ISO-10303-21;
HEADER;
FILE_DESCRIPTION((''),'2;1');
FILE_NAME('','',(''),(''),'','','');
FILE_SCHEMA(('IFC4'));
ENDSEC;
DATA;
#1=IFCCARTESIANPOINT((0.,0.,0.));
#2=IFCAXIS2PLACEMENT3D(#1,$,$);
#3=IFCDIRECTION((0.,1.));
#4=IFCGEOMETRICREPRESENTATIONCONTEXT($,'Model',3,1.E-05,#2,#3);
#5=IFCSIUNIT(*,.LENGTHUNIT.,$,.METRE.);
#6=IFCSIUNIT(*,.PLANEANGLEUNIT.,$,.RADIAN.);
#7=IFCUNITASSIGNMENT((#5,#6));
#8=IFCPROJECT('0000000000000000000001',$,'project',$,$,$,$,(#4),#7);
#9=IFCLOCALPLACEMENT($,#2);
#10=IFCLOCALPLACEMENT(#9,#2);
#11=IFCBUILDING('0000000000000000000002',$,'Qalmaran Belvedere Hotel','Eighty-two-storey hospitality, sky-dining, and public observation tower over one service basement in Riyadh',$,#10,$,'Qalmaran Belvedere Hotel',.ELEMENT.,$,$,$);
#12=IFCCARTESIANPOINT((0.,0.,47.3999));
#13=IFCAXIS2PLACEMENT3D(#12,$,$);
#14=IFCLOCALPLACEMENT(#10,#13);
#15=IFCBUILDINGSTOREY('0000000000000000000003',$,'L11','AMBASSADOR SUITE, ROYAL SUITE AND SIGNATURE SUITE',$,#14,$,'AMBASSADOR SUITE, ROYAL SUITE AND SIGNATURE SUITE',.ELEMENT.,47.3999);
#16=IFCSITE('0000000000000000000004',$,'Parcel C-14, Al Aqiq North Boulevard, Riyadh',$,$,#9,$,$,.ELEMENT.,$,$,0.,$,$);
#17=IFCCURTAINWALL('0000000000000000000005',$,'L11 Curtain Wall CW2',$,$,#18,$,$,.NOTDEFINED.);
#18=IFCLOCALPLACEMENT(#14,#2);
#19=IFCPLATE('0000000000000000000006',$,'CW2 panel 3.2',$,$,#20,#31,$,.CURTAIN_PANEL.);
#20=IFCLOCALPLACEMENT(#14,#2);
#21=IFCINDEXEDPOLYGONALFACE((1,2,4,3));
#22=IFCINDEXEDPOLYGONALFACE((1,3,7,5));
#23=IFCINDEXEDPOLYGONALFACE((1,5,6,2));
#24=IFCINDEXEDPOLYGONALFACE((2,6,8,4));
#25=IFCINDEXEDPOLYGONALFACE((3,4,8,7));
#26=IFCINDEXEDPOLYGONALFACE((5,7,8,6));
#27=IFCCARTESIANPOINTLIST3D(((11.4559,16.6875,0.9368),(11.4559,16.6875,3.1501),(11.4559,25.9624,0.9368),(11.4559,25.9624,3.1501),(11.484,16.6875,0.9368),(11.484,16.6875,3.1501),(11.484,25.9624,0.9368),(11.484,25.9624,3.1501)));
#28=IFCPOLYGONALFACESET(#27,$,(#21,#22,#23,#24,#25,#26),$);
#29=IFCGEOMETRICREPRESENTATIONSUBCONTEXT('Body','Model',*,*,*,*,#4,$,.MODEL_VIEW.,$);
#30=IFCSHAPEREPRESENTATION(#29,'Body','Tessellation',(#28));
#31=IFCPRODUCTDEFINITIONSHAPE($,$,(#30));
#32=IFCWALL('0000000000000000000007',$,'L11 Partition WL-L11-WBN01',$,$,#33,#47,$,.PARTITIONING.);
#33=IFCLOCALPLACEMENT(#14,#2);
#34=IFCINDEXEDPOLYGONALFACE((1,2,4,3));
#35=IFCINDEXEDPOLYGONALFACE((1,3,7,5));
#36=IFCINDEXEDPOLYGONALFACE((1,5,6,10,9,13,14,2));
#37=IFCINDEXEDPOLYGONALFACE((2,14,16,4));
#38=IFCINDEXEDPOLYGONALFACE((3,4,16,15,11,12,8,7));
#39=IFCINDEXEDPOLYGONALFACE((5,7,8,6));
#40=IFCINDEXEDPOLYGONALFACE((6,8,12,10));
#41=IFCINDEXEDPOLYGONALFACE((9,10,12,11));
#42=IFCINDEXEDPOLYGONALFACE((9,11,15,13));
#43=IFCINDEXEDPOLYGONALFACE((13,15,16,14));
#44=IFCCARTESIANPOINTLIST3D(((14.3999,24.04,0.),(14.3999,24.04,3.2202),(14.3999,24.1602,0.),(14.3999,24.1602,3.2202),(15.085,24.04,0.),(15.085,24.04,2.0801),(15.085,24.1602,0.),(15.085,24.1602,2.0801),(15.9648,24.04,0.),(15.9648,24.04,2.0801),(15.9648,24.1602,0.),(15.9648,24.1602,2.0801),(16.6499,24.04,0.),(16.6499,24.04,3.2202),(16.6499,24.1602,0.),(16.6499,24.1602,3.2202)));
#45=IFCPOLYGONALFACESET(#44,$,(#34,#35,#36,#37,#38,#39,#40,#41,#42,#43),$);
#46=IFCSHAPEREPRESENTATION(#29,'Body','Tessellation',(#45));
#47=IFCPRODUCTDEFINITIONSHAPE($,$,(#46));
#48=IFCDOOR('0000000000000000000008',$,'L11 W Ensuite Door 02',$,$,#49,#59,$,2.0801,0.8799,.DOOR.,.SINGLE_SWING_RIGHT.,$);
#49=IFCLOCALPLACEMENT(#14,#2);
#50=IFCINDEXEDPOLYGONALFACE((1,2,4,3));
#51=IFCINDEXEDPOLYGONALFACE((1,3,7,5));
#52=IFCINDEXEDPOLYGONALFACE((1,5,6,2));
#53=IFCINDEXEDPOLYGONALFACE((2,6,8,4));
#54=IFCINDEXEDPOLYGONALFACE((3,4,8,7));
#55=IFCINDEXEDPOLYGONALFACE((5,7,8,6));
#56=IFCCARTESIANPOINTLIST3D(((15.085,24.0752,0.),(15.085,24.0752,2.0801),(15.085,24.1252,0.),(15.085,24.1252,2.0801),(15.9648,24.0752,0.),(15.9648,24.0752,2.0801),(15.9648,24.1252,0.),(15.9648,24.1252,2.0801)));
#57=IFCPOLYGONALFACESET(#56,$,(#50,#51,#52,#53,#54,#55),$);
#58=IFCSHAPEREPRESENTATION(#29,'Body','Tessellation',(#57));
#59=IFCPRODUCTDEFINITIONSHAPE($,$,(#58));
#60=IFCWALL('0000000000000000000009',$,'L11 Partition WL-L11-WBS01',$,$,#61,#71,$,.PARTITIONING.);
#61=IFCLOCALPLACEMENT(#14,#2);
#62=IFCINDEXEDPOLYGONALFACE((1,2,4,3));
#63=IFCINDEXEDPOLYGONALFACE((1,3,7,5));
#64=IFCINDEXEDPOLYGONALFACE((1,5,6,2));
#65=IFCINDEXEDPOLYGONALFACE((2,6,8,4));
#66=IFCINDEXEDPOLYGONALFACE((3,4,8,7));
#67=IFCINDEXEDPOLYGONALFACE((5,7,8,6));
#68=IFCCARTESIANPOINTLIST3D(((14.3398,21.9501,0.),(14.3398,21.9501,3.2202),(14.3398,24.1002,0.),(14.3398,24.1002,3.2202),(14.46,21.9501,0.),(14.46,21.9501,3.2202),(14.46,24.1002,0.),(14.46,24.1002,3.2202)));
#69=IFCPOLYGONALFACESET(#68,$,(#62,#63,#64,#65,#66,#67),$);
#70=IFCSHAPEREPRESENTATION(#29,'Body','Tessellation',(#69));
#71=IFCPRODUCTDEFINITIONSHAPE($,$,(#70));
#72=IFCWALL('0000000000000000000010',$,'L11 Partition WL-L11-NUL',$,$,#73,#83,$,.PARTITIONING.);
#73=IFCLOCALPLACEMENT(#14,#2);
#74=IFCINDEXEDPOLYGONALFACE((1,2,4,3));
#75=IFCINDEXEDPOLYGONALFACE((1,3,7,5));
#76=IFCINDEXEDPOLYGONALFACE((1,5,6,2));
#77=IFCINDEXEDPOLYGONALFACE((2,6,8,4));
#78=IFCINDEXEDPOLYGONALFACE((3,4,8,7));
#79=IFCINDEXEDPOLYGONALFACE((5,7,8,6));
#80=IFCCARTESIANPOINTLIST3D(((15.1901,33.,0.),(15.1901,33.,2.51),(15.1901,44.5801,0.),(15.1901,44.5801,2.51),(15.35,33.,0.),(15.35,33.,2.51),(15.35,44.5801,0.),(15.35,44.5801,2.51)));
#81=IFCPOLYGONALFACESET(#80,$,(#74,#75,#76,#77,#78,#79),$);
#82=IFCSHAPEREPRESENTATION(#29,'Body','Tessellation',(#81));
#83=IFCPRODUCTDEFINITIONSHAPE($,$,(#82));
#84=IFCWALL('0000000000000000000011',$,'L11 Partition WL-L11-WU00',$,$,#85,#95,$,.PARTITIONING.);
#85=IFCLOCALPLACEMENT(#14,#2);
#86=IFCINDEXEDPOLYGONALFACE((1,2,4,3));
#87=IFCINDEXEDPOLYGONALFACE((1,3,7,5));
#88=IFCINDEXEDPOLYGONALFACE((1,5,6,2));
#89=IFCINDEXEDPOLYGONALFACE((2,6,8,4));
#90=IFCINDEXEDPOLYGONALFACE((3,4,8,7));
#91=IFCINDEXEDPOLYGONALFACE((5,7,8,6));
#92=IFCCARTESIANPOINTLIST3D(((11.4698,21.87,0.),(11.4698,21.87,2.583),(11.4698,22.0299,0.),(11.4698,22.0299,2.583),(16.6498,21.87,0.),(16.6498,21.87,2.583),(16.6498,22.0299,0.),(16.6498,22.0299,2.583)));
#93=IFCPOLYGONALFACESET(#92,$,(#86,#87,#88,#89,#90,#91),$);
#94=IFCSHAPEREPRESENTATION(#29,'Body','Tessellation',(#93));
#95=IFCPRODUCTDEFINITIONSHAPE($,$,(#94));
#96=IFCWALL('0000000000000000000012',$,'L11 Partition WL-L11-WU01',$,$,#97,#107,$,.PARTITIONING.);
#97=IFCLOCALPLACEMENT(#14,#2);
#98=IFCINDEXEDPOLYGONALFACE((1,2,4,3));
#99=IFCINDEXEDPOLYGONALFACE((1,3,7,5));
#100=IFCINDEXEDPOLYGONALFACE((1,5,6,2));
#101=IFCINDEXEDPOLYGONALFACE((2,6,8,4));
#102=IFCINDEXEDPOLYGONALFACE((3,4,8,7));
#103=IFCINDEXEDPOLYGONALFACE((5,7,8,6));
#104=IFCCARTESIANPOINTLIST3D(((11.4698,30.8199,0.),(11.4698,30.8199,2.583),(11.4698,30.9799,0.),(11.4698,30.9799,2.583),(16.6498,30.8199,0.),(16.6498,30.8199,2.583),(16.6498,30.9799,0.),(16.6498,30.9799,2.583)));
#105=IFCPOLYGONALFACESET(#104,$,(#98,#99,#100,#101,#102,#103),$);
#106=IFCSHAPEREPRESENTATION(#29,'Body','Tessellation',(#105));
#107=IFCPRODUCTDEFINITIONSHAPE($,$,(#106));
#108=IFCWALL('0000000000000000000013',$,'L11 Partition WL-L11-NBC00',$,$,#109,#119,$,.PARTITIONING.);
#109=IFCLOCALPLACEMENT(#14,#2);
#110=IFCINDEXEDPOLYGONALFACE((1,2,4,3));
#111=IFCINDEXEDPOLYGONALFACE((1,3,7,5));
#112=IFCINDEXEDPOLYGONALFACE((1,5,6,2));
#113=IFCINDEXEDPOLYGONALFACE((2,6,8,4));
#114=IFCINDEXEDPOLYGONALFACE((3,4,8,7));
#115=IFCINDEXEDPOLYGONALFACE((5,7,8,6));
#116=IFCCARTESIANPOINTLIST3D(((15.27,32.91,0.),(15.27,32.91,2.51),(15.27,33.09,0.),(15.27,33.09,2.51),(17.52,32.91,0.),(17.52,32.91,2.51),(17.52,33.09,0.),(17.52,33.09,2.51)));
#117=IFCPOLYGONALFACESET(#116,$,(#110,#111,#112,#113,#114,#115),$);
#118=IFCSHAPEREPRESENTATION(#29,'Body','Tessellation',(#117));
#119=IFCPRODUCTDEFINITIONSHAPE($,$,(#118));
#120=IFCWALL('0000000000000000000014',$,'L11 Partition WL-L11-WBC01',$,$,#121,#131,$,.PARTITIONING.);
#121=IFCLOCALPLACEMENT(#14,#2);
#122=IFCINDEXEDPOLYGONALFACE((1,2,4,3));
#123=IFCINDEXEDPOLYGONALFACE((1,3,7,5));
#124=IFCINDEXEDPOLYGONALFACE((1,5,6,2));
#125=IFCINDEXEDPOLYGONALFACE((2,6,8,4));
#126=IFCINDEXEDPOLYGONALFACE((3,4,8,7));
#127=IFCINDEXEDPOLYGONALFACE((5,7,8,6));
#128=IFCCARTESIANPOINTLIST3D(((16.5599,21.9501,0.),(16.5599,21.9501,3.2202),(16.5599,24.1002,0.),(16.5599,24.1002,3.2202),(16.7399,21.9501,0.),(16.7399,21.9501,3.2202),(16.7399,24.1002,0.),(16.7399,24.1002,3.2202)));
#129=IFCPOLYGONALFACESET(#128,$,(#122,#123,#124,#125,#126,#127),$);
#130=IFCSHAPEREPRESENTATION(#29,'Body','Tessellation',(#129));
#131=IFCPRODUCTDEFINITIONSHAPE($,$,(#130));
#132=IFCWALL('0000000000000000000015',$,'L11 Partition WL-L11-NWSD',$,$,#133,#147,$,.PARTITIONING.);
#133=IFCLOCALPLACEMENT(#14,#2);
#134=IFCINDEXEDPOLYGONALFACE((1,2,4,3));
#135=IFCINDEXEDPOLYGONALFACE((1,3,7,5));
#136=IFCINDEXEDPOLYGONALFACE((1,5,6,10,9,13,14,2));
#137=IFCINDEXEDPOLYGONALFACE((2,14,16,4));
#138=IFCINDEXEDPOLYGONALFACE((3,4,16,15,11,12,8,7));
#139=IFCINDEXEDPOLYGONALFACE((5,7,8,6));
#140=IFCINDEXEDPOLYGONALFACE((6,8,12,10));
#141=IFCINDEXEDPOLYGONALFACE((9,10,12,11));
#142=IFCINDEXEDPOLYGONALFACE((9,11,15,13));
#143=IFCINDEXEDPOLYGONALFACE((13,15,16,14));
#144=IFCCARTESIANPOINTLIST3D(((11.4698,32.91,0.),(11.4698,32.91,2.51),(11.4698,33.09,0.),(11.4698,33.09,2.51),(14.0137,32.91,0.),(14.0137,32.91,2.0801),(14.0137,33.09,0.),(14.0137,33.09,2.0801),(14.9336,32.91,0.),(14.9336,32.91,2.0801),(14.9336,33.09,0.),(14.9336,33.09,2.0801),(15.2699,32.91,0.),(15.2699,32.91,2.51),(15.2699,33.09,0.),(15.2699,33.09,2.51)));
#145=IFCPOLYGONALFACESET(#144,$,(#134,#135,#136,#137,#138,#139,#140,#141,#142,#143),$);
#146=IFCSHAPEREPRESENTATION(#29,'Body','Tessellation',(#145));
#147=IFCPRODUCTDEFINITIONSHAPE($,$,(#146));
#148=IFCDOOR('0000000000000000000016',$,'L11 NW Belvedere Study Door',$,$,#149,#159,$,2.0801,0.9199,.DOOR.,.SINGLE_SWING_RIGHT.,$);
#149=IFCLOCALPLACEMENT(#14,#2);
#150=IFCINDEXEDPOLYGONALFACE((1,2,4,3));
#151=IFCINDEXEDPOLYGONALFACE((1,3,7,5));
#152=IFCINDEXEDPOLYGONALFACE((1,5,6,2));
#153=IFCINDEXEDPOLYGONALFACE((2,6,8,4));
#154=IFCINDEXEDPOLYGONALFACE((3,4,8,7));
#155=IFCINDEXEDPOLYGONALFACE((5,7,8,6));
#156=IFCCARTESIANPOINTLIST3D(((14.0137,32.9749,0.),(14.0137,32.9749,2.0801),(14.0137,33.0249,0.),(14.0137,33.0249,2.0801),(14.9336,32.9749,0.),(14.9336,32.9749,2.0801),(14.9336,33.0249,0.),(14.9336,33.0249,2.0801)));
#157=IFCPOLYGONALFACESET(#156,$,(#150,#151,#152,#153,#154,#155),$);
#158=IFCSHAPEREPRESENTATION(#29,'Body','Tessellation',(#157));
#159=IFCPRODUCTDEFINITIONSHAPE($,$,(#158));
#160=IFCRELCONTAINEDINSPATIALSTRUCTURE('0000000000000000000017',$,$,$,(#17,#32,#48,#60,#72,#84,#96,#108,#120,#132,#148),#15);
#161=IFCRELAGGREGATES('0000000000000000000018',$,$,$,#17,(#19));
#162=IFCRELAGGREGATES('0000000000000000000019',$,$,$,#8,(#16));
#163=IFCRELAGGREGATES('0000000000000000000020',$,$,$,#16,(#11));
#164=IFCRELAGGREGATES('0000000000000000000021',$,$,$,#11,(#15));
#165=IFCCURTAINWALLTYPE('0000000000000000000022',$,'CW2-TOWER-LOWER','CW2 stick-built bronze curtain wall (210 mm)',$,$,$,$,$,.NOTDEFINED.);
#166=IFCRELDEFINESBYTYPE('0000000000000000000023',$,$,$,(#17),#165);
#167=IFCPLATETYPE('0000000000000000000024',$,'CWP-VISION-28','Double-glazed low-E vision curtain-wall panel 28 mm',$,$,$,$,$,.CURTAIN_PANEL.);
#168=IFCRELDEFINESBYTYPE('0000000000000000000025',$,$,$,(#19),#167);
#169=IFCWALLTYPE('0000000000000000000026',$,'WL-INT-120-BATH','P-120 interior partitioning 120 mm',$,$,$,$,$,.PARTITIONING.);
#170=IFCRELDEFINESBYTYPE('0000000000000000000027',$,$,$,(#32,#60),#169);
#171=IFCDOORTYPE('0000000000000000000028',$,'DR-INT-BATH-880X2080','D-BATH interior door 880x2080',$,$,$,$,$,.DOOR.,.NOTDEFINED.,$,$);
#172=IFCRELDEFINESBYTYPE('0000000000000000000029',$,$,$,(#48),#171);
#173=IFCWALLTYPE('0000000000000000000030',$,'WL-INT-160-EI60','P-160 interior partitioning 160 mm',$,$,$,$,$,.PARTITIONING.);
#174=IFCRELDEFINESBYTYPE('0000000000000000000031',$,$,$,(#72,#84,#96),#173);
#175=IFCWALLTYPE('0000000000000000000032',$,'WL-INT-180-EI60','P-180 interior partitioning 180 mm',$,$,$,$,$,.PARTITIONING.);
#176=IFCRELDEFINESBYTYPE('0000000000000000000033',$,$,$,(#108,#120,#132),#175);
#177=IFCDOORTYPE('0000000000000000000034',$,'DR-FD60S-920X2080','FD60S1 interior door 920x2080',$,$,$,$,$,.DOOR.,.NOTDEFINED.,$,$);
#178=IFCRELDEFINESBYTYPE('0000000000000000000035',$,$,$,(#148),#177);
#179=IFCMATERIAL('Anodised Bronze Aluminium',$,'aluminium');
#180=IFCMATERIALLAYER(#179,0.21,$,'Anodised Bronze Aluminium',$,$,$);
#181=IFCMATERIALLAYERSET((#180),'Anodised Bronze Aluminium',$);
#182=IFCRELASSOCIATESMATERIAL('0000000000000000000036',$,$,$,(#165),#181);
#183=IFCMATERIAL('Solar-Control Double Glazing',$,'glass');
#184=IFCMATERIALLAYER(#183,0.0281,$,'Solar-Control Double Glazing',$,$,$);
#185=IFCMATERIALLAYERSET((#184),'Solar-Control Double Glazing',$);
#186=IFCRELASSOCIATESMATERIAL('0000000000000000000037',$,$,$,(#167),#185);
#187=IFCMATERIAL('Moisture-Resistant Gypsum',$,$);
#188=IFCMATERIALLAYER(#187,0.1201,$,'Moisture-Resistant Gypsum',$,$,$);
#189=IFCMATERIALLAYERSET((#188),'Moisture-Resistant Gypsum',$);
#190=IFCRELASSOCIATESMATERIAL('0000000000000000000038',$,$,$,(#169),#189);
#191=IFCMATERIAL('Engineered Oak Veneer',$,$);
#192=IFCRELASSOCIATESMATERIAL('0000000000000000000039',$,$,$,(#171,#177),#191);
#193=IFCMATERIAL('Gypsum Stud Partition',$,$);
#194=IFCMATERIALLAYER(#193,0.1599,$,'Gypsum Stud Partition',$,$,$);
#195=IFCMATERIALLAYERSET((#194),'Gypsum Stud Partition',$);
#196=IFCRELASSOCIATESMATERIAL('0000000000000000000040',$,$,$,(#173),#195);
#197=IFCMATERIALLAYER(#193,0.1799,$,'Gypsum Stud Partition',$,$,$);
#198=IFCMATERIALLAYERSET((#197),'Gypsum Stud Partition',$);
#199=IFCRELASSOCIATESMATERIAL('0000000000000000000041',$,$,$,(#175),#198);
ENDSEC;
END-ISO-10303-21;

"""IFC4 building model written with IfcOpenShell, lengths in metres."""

from ifc_helpers import new_model, si_unit, direction, frame, frame_2d, origin, origin_2d, place, context, subcontext, project, spatial, rectangle, extrude, material, layer, layer_set, type_object, element, fill, aggregate, save


model = new_model("IFC4")

# Units and contexts
model_context = context("Model", 3, precision=1e-05, world=origin(), true_north=direction((0.0, 1.0)))
body_context = subcontext(model_context, "Body", "Model", "MODEL_VIEW")
ifc_project = project(units=[si_unit("LENGTHUNIT", "METRE"), si_unit("PLANEANGLEUNIT", "RADIAN")], contexts=[model_context])

# Site, building, storey
site_placement = place(None, origin())
site = spatial("IfcSite", under=ifc_project, at=site_placement, Name="Parcel C-14, Al Aqiq North Boulevard, Riyadh", CompositionType="ELEMENT", RefElevation=0.0)
building_placement = place(site_placement, origin())
building = spatial("IfcBuilding", under=site, at=building_placement, Name="Qalmaran Belvedere Hotel", Description="Eighty-two-storey hospitality, sky-dining, and public observation tower over one service basement in Riyadh", LongName="Qalmaran Belvedere Hotel", CompositionType="ELEMENT")
storey_placement = place(building_placement, frame((0.0, 0.0, 47.3999)))
storey = spatial("IfcBuildingStorey", under=building, at=storey_placement, Name="L11", Description="AMBASSADOR SUITE, ROYAL SUITE AND SIGNATURE SUITE", LongName="AMBASSADOR SUITE, ROYAL SUITE AND SIGNATURE SUITE", CompositionType="ELEMENT", Elevation=47.3999)

# Curtain wall, plate
ifc_material_1 = material(Name="Anodised Bronze Aluminium", Category="aluminium")
ifc_layer_1 = layer(ifc_material_1, 0.21, Name="Anodised Bronze Aluminium")
ifc_layer_set_1 = layer_set([ifc_layer_1], Name="Anodised Bronze Aluminium")
curtain_wall_type = type_object("IfcCurtainWallType", Name="CW2-TOWER-LOWER", Description="CW2 stick-built bronze curtain wall (210 mm)", PredefinedType="NOTDEFINED", material=ifc_layer_set_1)
curtain_wall_placement = place(storey_placement, origin())
curtain_wall = element("IfcCurtainWall", 1, at=curtain_wall_placement, inside=storey, type_object=curtain_wall_type, Name="L11 Curtain Wall CW2", PredefinedType="NOTDEFINED")
ifc_material_2 = material(Name="Solar-Control Double Glazing", Category="glass")
ifc_layer_2 = layer(ifc_material_2, 0.0281, Name="Solar-Control Double Glazing")
ifc_layer_set_2 = layer_set([ifc_layer_2], Name="Solar-Control Double Glazing")
plate_type_1 = type_object("IfcPlateType", Name="CWP-VISION-28", Description="Double-glazed low-E vision curtain-wall panel 28 mm", PredefinedType="CURTAIN_PANEL", material=ifc_layer_set_2)
plate_1_placement = place(storey_placement, frame((11.47, 21.325, 0.9368), z_axis=(0.0, 0.0, 1.0), x_axis=(0.0, -1.0, 0.0)))
plate_1 = element("IfcPlate", 2, at=plate_1_placement, type_object=plate_type_1, Name="CW2 panel 3.2", PredefinedType="CURTAIN_PANEL", context=body_context, shape_type="SweptSolid", body=[
    extrude(rectangle(XDim=9.2749, YDim=0.0281, at=origin_2d()), origin(), (0.0, 0.0, 1.0), 2.2134),
])
aggregate(curtain_wall, [plate_1])

# Wall, opening, door
ifc_material_3 = material(Name="Moisture-Resistant Gypsum")
ifc_layer_3 = layer(ifc_material_3, 0.1201, Name="Moisture-Resistant Gypsum")
ifc_layer_set_3 = layer_set([ifc_layer_3], Name="Moisture-Resistant Gypsum")
wall_type_1 = type_object("IfcWallType", Name="WL-INT-120-BATH", Description="P-120 interior partitioning 120 mm", PredefinedType="PARTITIONING", material=ifc_layer_set_3)
wall_1_placement = place(storey_placement, frame((14.3999, 24.1001, 0.0), z_axis=(0.0, 0.0, 1.0), x_axis=(1.0, 0.0, 0.0)))
wall_1 = element("IfcWall", 3, at=wall_1_placement, inside=storey, type_object=wall_type_1, Name="L11 Partition WL-L11-WBN01", PredefinedType="PARTITIONING", context=body_context, shape_type="SweptSolid", body=[
    extrude(rectangle(XDim=2.25, YDim=0.1201, at=frame_2d((1.125, 0.0))), origin(), (0.0, 0.0, 1.0), 3.2202),
])
opening_1_placement = place(wall_1_placement, frame((1.5649, 0.0, 0.0), z_axis=(0.0, 0.0, 1.0), x_axis=(-1.0, 0.0, 0.0)))
opening_1 = element("IfcOpeningElement", 4, at=opening_1_placement, cuts=wall_1, PredefinedType="OPENING", context=body_context, shape_type="SweptSolid", body=[
    extrude(rectangle(XDim=0.8799, YDim=2.0801, at=frame_2d((0.4399, 1.04))), frame((0.0, 0.0701, 0.0), z_axis=(0.0, -1.0, 0.0), x_axis=(1.0, 0.0, 0.0)), (0.0, 0.0, 1.0), 0.1401),
])
ifc_material_4 = material(Name="Engineered Oak Veneer")
door_type_1 = type_object("IfcDoorType", Name="DR-INT-BATH-880X2080", Description="D-BATH interior door 880x2080", OperationType="NOTDEFINED", PredefinedType="DOOR", material=ifc_material_4)
door_1_placement = place(opening_1_placement, origin())
door_1 = element("IfcDoor", 5, at=door_1_placement, inside=storey, type_object=door_type_1, Name="L11 W Ensuite Door 02", OperationType="SINGLE_SWING_RIGHT", OverallHeight=2.0801, OverallWidth=0.8799, PredefinedType="DOOR", context=body_context, shape_type="SweptSolid", body=[
    extrude(rectangle(XDim=0.8799, YDim=2.0801, at=frame_2d((0.4399, 1.04))), frame((0.0, 0.0249, 0.0), z_axis=(0.0, -1.0, 0.0), x_axis=(1.0, 0.0, 0.0)), (0.0, 0.0, 1.0), 0.05),
])
fill(opening_1, door_1)

# Walls
wall_2_placement = place(storey_placement, frame((14.3999, 21.95, 0.0), z_axis=(0.0, 0.0, 1.0), x_axis=(0.0, 1.0, 0.0)))
element("IfcWall", 6, at=wall_2_placement, inside=storey, type_object=wall_type_1, Name="L11 Partition WL-L11-WBS01", PredefinedType="PARTITIONING", context=body_context, shape_type="SweptSolid", body=[
    extrude(rectangle(XDim=2.1501, YDim=0.1201, at=frame_2d((1.0752, 0.0))), origin(), (0.0, 0.0, 1.0), 3.2202),
])
ifc_material_5 = material(Name="Gypsum Stud Partition")
ifc_layer_4 = layer(ifc_material_5, 0.1599, Name="Gypsum Stud Partition")
ifc_layer_set_4 = layer_set([ifc_layer_4], Name="Gypsum Stud Partition")
wall_type_2 = type_object("IfcWallType", Name="WL-INT-160-EI60", Description="P-160 interior partitioning 160 mm", PredefinedType="PARTITIONING", material=ifc_layer_set_4)
wall_3_placement = place(storey_placement, frame((15.27, 33.0, 0.0), z_axis=(0.0, 0.0, 1.0), x_axis=(0.0, 1.0, 0.0)))
element("IfcWall", 7, at=wall_3_placement, inside=storey, type_object=wall_type_2, Name="L11 Partition WL-L11-NUL", PredefinedType="PARTITIONING", context=body_context, shape_type="SweptSolid", body=[
    extrude(rectangle(XDim=11.5801, YDim=0.1599, at=frame_2d((5.79, 0.0))), origin(), (0.0, 0.0, 1.0), 2.51),
])
for number, where, z_axis, x_axis, name in (
    (8, (11.47, 21.95, 0.0), (0.0, 0.0, 1.0), (1.0, 0.0, 0.0), "L11 Partition WL-L11-WU00"),
    (9, (11.47, 30.8999, 0.0), (0.0, 0.0, 1.0), (1.0, 0.0, 0.0), "L11 Partition WL-L11-WU01"),
):
    element("IfcWall", number, at=place(storey_placement, frame(where, z_axis=z_axis, x_axis=x_axis)), inside=storey, type_object=wall_type_2, Name=name, PredefinedType="PARTITIONING", context=body_context, shape_type="SweptSolid", body=[
        extrude(rectangle(XDim=5.1799, YDim=0.1599, at=frame_2d((2.5898, 0.0))), origin(), (0.0, 0.0, 1.0), 2.583),
    ])
ifc_layer_5 = layer(ifc_material_5, 0.1799, Name="Gypsum Stud Partition")
ifc_layer_set_5 = layer_set([ifc_layer_5], Name="Gypsum Stud Partition")
wall_type_3 = type_object("IfcWallType", Name="WL-INT-180-EI60", Description="P-180 interior partitioning 180 mm", PredefinedType="PARTITIONING", material=ifc_layer_set_5)
wall_4_placement = place(storey_placement, frame((15.27, 33.0, 0.0), z_axis=(0.0, 0.0, 1.0), x_axis=(1.0, 0.0, 0.0)))
element("IfcWall", 10, at=wall_4_placement, inside=storey, type_object=wall_type_3, Name="L11 Partition WL-L11-NBC00", PredefinedType="PARTITIONING", context=body_context, shape_type="SweptSolid", body=[
    extrude(rectangle(XDim=2.25, YDim=0.1799, at=frame_2d((1.125, 0.0))), origin(), (0.0, 0.0, 1.0), 2.51),
])
wall_5_placement = place(storey_placement, frame((16.6499, 21.95, 0.0), z_axis=(0.0, 0.0, 1.0), x_axis=(0.0, 1.0, 0.0)))
element("IfcWall", 11, at=wall_5_placement, inside=storey, type_object=wall_type_3, Name="L11 Partition WL-L11-WBC01", PredefinedType="PARTITIONING", context=body_context, shape_type="SweptSolid", body=[
    extrude(rectangle(XDim=2.1501, YDim=0.1799, at=frame_2d((1.0752, 0.0))), origin(), (0.0, 0.0, 1.0), 3.2202),
])

# Wall, opening, door
wall_6_placement = place(storey_placement, frame((11.47, 33.0, 0.0), z_axis=(0.0, 0.0, 1.0), x_axis=(1.0, 0.0, 0.0)))
wall_6 = element("IfcWall", 12, at=wall_6_placement, inside=storey, type_object=wall_type_3, Name="L11 Partition WL-L11-NWSD", PredefinedType="PARTITIONING", context=body_context, shape_type="SweptSolid", body=[
    extrude(rectangle(XDim=3.8, YDim=0.1799, at=frame_2d((1.8999, 0.0))), origin(), (0.0, 0.0, 1.0), 2.51),
])
opening_2_placement = place(wall_6_placement, frame((2.5437, 0.0, 0.0)))
opening_2 = element("IfcOpeningElement", 13, at=opening_2_placement, cuts=wall_6, PredefinedType="OPENING", context=body_context, shape_type="SweptSolid", body=[
    extrude(rectangle(XDim=0.9199, YDim=2.0801, at=frame_2d((0.46, 1.04))), frame((0.0, 0.1001, 0.0), z_axis=(0.0, -1.0, 0.0), x_axis=(1.0, 0.0, 0.0)), (0.0, 0.0, 1.0), 0.2),
])
door_type_2 = type_object("IfcDoorType", Name="DR-FD60S-920X2080", Description="FD60S1 interior door 920x2080", OperationType="NOTDEFINED", PredefinedType="DOOR", material=ifc_material_4)
door_2_placement = place(opening_2_placement, origin())
door_2 = element("IfcDoor", 14, at=door_2_placement, inside=storey, type_object=door_type_2, Name="L11 NW Belvedere Study Door", OperationType="SINGLE_SWING_RIGHT", OverallHeight=2.0801, OverallWidth=0.9199, PredefinedType="DOOR", context=body_context, shape_type="SweptSolid", body=[
    extrude(rectangle(XDim=0.9199, YDim=2.0801, at=frame_2d((0.46, 1.04))), frame((0.0, 0.0249, 0.0), z_axis=(0.0, -1.0, 0.0), x_axis=(1.0, 0.0, 0.0)), (0.0, 0.0, 1.0), 0.05),
])
fill(opening_2, door_2)

save(model, "model.ifc")
